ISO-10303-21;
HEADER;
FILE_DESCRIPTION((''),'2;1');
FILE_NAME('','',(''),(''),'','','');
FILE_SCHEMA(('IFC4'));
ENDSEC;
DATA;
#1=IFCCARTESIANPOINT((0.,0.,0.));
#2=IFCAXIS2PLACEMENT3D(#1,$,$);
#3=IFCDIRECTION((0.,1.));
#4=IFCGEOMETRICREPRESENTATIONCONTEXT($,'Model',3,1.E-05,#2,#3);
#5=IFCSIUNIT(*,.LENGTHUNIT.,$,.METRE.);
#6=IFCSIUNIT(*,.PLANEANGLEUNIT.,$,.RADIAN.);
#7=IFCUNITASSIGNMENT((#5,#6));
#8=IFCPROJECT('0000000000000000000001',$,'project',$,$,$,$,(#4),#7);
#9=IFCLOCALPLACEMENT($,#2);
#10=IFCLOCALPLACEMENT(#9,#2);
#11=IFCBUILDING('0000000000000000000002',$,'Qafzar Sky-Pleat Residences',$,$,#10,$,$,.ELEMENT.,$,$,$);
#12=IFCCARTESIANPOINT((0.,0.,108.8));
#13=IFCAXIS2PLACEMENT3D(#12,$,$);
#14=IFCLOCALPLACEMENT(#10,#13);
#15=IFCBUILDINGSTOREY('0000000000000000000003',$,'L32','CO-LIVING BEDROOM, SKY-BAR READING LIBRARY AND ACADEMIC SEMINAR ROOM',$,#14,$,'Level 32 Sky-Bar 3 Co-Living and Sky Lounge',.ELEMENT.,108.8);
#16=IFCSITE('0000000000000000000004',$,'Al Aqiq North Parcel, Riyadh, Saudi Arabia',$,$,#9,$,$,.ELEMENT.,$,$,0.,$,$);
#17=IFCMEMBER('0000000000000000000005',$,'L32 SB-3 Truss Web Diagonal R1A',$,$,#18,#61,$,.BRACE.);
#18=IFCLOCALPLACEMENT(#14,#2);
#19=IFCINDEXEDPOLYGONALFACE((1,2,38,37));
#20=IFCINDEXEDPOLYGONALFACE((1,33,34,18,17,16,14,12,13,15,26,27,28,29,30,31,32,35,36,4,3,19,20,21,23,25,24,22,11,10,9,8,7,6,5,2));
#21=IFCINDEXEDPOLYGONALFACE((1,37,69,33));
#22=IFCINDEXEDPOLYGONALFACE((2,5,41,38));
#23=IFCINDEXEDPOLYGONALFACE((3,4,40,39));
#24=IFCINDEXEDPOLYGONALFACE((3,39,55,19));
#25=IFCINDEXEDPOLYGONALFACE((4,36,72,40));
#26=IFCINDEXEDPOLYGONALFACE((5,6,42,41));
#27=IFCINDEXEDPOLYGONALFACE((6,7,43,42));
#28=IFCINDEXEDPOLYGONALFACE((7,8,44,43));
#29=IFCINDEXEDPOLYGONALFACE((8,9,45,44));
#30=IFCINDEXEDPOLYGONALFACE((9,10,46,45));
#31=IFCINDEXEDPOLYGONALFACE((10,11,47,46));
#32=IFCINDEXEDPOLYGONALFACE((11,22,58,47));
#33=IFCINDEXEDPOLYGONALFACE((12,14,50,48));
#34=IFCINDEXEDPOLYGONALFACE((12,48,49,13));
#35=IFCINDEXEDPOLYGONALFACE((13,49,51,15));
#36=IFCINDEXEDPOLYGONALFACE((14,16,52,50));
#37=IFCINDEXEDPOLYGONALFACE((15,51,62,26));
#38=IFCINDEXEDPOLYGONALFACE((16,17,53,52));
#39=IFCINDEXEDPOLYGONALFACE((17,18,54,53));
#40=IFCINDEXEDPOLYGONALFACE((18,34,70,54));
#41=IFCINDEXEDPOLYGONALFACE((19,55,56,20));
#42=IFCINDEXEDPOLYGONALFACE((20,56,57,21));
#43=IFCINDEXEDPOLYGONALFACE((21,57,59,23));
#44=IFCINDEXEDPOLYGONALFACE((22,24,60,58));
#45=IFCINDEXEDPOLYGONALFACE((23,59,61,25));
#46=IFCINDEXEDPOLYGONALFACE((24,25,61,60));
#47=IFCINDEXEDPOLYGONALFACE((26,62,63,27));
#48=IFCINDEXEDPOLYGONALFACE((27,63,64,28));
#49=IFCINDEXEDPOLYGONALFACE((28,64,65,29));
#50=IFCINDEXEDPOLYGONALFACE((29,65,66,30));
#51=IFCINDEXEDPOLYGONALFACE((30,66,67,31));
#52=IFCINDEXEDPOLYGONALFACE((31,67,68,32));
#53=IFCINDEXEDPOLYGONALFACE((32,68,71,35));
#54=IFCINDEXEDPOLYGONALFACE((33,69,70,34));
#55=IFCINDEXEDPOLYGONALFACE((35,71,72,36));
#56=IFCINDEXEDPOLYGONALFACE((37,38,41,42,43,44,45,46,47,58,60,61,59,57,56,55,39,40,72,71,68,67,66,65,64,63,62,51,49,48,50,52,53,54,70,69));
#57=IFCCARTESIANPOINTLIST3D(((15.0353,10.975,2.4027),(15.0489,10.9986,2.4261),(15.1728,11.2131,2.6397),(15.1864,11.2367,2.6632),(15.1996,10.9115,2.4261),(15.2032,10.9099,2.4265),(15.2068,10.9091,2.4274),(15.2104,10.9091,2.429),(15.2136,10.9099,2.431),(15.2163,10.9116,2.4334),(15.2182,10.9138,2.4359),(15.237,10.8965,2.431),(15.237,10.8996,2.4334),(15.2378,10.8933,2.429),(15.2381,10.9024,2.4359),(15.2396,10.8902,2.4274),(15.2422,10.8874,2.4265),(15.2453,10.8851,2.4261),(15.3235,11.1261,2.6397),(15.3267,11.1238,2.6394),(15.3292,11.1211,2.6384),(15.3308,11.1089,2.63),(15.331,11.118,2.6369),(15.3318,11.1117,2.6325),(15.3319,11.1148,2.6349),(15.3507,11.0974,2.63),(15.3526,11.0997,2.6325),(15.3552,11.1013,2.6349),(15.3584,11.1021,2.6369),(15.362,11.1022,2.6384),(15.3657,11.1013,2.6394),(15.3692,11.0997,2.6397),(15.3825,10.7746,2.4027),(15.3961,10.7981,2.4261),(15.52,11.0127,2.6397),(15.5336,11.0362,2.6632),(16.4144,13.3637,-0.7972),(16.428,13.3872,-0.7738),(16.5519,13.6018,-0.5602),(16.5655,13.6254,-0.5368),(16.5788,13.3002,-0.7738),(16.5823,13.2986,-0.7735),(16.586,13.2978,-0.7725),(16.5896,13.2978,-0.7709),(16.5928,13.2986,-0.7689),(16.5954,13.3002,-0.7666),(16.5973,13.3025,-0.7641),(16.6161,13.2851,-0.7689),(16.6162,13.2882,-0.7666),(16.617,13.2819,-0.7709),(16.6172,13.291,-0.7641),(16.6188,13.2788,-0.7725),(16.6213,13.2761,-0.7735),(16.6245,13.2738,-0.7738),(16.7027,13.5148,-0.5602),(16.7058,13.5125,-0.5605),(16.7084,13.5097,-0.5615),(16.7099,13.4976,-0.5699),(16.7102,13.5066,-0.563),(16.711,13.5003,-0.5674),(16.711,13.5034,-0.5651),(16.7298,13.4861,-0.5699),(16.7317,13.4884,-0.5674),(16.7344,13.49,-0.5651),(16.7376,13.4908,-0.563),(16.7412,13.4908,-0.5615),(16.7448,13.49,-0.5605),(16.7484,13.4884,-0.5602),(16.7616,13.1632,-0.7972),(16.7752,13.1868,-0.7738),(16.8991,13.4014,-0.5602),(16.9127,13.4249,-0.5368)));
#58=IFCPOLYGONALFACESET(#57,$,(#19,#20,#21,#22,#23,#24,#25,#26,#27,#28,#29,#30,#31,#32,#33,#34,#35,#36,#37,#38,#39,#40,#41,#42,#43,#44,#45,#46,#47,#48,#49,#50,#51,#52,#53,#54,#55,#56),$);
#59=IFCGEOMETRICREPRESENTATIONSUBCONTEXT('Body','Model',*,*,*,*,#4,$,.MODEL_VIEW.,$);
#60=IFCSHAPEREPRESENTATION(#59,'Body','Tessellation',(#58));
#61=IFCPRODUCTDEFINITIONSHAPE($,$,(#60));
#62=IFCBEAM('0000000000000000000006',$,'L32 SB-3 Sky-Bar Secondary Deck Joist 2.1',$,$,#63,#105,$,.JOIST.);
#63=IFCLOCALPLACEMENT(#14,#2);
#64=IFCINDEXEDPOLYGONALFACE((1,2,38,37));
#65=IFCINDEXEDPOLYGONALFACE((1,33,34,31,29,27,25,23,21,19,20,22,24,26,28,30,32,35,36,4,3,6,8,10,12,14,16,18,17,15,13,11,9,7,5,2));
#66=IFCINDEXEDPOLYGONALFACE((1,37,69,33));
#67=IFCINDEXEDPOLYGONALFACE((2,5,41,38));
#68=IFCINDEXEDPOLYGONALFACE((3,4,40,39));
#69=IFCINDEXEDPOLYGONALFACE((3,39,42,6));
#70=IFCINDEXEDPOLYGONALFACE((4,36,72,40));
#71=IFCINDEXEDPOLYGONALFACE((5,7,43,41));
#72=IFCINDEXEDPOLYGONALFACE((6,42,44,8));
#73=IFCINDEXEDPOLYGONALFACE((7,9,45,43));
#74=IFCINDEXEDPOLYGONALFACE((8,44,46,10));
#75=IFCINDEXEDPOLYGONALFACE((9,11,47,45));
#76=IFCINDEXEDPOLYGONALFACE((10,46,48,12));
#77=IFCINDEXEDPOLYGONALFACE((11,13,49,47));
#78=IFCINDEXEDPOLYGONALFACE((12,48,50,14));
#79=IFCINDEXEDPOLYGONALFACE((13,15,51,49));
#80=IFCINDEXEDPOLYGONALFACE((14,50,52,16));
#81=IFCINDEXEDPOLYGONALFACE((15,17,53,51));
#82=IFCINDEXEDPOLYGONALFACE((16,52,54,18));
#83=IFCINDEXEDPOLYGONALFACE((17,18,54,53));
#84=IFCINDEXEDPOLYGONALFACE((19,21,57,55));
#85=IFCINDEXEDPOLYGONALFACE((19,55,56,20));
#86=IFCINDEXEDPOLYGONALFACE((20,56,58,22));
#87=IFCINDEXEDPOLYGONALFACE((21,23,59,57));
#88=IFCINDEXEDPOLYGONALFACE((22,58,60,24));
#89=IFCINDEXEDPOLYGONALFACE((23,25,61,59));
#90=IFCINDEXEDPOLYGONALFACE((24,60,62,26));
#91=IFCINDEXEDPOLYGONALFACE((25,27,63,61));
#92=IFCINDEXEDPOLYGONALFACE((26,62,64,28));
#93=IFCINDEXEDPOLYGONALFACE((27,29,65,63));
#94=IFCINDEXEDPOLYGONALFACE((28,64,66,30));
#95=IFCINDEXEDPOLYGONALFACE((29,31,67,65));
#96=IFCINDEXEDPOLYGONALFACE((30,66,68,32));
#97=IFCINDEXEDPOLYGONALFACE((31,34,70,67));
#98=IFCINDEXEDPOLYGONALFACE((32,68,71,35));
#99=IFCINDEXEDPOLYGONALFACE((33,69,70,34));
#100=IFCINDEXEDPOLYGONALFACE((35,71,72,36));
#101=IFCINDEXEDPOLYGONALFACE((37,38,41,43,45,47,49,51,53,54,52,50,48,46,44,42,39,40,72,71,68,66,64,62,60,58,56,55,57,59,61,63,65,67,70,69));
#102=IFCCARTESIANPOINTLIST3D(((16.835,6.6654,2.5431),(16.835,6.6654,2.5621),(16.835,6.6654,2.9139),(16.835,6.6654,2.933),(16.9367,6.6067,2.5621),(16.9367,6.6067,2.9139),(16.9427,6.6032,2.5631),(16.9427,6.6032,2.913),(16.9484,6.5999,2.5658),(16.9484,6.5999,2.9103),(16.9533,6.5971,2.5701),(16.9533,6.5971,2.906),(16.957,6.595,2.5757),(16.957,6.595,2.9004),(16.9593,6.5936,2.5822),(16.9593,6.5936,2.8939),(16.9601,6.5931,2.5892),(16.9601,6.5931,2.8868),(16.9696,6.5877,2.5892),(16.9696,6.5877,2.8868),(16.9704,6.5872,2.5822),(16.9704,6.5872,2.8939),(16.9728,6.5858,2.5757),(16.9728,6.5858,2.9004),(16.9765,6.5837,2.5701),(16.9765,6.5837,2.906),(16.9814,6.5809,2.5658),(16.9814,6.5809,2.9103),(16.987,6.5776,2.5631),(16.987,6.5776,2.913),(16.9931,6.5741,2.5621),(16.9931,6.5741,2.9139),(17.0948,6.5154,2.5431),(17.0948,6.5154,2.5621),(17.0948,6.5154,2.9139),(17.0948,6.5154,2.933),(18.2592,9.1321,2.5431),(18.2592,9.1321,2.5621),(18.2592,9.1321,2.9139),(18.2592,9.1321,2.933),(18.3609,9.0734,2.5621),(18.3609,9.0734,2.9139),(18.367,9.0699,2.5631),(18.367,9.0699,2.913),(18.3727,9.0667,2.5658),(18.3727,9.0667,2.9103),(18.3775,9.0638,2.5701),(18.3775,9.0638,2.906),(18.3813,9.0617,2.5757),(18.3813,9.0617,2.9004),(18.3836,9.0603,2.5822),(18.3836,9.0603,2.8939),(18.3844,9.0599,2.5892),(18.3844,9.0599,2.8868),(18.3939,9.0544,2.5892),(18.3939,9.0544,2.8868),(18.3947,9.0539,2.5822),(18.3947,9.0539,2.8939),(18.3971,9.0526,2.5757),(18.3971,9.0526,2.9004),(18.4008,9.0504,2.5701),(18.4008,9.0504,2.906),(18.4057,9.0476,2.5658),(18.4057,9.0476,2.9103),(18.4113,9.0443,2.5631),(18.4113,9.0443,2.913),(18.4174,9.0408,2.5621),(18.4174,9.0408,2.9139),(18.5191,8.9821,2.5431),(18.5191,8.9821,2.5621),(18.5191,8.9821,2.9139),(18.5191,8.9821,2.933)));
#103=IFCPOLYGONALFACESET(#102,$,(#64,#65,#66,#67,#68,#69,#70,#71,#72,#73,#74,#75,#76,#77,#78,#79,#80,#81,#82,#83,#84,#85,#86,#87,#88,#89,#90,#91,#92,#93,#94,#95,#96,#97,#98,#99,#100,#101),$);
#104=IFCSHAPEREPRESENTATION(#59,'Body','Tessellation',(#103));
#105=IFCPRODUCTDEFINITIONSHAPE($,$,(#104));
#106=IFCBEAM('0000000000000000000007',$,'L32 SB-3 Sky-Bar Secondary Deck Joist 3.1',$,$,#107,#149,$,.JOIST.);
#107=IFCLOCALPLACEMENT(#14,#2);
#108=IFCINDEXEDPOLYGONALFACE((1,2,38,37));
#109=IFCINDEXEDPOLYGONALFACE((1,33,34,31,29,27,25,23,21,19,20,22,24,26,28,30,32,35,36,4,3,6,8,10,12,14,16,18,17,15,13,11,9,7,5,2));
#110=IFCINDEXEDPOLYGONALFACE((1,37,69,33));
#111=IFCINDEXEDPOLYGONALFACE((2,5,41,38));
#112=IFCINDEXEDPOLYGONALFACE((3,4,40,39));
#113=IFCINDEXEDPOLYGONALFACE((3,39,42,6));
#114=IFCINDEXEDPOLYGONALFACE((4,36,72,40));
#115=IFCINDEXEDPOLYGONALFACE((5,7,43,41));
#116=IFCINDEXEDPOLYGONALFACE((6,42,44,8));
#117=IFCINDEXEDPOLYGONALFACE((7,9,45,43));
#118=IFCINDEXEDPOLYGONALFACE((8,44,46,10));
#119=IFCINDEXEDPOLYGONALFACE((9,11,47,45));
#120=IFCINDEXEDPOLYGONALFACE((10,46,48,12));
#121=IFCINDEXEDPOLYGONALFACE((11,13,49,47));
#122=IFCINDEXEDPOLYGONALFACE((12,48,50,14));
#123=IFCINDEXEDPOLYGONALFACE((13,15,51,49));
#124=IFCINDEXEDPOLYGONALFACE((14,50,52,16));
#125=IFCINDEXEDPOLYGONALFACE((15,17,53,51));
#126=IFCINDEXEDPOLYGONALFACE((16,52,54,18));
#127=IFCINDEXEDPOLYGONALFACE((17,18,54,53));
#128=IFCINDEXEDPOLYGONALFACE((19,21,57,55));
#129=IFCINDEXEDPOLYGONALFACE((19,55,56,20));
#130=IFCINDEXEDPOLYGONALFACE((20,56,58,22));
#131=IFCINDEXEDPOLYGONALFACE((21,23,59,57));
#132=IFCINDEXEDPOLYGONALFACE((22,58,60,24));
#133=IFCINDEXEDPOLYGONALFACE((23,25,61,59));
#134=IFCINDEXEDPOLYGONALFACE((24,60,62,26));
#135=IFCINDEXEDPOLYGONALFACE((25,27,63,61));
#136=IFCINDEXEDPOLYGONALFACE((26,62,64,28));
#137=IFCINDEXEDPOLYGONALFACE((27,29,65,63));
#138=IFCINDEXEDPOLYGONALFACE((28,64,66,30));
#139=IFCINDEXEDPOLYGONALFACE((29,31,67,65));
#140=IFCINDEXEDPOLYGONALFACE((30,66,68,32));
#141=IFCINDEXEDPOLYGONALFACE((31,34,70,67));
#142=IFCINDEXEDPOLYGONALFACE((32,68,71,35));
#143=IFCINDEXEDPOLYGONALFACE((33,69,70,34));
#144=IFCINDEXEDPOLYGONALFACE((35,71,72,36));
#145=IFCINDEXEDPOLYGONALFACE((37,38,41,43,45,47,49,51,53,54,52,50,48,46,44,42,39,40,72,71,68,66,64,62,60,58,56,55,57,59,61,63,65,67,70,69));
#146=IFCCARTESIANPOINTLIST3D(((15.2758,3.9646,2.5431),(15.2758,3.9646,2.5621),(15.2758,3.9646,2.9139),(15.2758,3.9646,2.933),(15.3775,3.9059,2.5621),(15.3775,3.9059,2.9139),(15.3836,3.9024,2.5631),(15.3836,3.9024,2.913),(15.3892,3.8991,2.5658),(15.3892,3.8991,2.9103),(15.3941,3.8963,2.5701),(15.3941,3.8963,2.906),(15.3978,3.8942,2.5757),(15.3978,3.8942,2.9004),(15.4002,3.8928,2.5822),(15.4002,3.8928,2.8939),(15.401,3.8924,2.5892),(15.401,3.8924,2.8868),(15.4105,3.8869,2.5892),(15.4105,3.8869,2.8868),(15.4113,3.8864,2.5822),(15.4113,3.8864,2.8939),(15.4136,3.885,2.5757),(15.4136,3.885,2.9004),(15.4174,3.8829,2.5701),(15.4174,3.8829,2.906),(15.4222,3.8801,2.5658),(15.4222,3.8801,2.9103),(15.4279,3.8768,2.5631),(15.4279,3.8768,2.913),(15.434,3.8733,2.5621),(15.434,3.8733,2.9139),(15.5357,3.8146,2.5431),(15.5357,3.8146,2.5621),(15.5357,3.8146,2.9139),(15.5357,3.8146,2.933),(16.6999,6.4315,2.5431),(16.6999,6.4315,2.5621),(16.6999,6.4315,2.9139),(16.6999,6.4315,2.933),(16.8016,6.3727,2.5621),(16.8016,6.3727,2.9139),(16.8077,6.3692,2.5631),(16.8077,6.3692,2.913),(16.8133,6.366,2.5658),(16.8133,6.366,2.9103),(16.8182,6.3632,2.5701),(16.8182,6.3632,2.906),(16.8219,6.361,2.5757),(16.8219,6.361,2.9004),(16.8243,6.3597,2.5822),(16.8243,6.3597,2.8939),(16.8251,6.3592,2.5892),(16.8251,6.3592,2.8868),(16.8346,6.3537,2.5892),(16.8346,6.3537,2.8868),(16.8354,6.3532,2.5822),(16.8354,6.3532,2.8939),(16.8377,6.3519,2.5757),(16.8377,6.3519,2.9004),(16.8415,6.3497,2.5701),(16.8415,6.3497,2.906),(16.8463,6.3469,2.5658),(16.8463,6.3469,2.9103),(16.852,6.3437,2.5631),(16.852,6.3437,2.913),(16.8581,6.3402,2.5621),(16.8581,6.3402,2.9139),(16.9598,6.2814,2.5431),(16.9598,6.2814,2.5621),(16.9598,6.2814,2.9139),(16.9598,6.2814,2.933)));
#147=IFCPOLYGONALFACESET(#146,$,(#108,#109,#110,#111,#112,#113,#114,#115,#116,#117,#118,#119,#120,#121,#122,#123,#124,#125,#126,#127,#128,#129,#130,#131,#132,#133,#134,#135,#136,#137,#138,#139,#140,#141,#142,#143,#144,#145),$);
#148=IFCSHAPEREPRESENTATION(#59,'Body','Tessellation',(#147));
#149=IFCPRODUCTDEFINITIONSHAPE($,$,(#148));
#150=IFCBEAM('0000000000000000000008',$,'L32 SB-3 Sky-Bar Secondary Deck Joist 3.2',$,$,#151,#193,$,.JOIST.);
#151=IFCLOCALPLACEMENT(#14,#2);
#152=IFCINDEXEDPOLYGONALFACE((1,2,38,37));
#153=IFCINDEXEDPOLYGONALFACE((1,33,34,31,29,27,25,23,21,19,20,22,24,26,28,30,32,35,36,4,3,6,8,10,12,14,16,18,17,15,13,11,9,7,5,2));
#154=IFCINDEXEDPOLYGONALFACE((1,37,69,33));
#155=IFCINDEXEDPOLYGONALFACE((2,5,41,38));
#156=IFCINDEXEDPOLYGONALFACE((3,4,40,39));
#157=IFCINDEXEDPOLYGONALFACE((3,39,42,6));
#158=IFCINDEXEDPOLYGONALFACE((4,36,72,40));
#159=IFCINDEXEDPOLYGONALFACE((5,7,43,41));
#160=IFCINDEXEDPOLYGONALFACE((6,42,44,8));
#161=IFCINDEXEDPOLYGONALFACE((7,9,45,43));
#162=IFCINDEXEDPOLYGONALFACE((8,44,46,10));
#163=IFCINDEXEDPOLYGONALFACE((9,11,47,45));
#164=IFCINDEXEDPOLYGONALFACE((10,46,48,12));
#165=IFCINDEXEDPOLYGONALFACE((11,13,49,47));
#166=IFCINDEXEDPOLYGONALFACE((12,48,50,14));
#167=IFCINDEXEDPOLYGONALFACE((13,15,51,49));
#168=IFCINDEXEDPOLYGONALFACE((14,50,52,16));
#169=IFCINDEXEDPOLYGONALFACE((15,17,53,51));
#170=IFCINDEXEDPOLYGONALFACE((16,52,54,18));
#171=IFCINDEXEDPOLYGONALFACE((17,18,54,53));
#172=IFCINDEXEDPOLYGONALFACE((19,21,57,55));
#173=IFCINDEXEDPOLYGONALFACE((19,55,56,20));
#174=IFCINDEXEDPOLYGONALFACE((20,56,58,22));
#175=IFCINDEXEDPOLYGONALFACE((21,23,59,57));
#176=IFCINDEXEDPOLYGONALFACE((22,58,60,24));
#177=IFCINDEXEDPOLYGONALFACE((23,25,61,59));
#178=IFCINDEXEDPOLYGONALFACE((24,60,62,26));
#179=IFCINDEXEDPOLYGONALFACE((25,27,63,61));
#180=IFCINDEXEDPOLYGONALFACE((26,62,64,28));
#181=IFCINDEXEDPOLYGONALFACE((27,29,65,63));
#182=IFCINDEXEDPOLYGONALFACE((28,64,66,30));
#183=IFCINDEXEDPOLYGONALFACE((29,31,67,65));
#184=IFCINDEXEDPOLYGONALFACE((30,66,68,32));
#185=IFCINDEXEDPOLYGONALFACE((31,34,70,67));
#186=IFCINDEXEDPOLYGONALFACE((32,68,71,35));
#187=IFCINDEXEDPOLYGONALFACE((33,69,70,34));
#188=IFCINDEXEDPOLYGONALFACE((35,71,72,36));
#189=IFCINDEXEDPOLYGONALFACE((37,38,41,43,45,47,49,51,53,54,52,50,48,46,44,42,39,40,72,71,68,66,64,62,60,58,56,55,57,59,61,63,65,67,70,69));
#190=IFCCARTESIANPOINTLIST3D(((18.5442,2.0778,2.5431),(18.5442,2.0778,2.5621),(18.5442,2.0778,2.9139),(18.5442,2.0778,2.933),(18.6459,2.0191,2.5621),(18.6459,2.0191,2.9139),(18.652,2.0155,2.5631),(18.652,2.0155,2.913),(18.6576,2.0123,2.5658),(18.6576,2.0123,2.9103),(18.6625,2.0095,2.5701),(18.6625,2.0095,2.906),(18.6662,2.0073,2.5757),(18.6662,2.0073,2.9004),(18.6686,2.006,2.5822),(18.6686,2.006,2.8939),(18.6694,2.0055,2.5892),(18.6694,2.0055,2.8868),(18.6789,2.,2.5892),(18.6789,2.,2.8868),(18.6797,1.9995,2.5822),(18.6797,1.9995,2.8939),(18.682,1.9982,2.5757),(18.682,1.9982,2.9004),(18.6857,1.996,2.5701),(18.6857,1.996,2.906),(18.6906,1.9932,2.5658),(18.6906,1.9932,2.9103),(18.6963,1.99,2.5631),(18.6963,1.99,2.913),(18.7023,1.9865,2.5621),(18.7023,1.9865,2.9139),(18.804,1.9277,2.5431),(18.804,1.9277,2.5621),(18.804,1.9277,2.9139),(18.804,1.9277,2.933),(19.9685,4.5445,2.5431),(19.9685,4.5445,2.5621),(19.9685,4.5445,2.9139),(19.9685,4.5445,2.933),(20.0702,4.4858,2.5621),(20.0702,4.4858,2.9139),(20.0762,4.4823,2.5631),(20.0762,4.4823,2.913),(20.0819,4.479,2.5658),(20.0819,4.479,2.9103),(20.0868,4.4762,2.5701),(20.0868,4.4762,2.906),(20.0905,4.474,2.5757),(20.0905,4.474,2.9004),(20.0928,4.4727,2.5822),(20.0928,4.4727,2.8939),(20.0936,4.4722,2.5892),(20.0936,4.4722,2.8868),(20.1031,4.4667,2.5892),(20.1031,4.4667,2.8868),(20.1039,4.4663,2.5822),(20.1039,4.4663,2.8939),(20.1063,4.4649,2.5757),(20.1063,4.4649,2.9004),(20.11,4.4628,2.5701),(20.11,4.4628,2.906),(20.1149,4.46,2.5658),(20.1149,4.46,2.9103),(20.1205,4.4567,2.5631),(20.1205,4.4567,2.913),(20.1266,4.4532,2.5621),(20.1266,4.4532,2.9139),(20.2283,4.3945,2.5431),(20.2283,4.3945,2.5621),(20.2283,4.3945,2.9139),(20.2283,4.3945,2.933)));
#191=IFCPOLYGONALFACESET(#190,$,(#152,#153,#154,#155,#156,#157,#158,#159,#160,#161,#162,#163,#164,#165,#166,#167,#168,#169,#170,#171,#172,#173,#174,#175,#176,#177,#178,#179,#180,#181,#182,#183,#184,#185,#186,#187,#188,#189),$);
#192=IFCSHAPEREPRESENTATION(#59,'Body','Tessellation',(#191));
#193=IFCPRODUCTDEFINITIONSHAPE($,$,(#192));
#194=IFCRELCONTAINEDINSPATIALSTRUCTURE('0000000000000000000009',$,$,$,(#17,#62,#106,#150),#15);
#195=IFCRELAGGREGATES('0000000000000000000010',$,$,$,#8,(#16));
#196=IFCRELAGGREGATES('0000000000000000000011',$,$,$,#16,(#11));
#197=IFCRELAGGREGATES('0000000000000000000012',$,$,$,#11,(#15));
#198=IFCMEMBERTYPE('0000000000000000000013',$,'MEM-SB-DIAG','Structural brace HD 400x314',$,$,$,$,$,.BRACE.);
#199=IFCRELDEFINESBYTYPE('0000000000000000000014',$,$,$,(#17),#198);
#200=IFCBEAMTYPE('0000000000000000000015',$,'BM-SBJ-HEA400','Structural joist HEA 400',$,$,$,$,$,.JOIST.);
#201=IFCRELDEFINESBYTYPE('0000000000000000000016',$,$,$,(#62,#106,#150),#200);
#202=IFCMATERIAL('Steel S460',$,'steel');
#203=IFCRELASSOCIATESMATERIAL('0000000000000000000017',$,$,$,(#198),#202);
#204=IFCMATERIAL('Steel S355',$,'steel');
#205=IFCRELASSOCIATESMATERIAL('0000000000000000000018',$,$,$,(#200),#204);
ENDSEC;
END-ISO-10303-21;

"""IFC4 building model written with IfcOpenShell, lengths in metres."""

from ifc_helpers import new_model, si_unit, direction, frame, origin, origin_2d, place, context, subcontext, project, spatial, i_section, extrude, source, transform, mapped, material, material_profile, profile_set, type_object, element, save


model = new_model("IFC4")

# Units and contexts
model_context = context("Model", 3, precision=1e-05, world=origin(), true_north=direction((0.0, 1.0)))
body_context = subcontext(model_context, "Body", "Model", "MODEL_VIEW")
ifc_project = project(units=[si_unit("LENGTHUNIT", "METRE"), si_unit("PLANEANGLEUNIT", "RADIAN")], contexts=[model_context])

# Site, building, storey
site_placement = place(None, origin())
site = spatial("IfcSite", under=ifc_project, at=site_placement, Name="Al Aqiq North Parcel, Riyadh, Saudi Arabia", CompositionType="ELEMENT", RefElevation=0.0)
building_placement = place(site_placement, origin())
building = spatial("IfcBuilding", under=site, at=building_placement, Name="Qafzar Sky-Pleat Residences", CompositionType="ELEMENT")
storey_placement = place(building_placement, frame((0.0, 0.0, 108.8)))
storey = spatial("IfcBuildingStorey", under=building, at=storey_placement, Name="L32", Description="CO-LIVING BEDROOM, SKY-BAR READING LIBRARY AND ACADEMIC SEMINAR ROOM", LongName="Level 32 Sky-Bar 3 Co-Living and Sky Lounge", CompositionType="ELEMENT", Elevation=108.8)

# Shared definitions
ifc_material_1 = material(Name="Steel S460", Category="steel")

# Shared definitions
ifc_material_2 = material(Name="Steel S355", Category="steel")

# Member
ifc_material_profile_1 = material_profile(ifc_material_1, i_section(OverallWidth=0.4009, OverallDepth=0.3989, WebThickness=0.0229, FlangeThickness=0.0359, FilletRadius=0.0149, at=origin_2d()), Name="HD 400x314")
ifc_profile_set_1 = profile_set([ifc_material_profile_1], Name="Steel S460")
member_type = type_object("IfcMemberType", Name="MEM-SB-DIAG", Description="Structural brace HD 400x314", PredefinedType="BRACE", material=ifc_profile_set_1)
shared_shape_1 = source(origin(), body_context, "Body", "SweptSolid", [
    extrude(i_section(OverallWidth=0.4009, OverallDepth=0.3989, WebThickness=0.0229, FlangeThickness=0.0359, FilletRadius=0.0149, at=origin_2d()), origin(), (0.0, 0.0, 1.0), 4.2246),
])
member_placement = place(storey_placement, frame((16.6636, 13.3943, -0.667), z_axis=(-0.326455, -0.565416, 0.757451), x_axis=(0.866018, -0.500014, 0.0)))
element("IfcMember", 1, at=member_placement, inside=storey, type_object=member_type, Name="L32 SB-3 Truss Web Diagonal R1A", PredefinedType="BRACE", context=body_context, shape_type="MappedRepresentation", body=[
    mapped(shared_shape_1, transform((0.0, 0.0, 0.0), x_axis=(1.0, 0.0, 0.0), y_axis=(0.0, 1.0, 0.0), z_axis=(0.0, 0.0, 1.0), scale=1.0)),
])

# Beams
ifc_material_profile_2 = material_profile(ifc_material_2, i_section(OverallWidth=0.3, OverallDepth=0.3899, WebThickness=0.011, FlangeThickness=0.019, FilletRadius=0.0271, at=origin_2d()), Name="HEA 400")
ifc_profile_set_2 = profile_set([ifc_material_profile_2], Name="Steel S355")
beam_type_1 = type_object("IfcBeamType", Name="BM-SBJ-HEA400", Description="Structural joist HEA 400", PredefinedType="JOIST", material=ifc_profile_set_2)
shared_shape_2 = source(origin(), body_context, "Body", "SweptSolid", [
    extrude(i_section(OverallWidth=0.3, OverallDepth=0.3899, WebThickness=0.011, FlangeThickness=0.019, FilletRadius=0.0271, at=origin_2d()), origin(), (0.0, 0.0, 1.0), 2.8484),
])
for number, where, z_axis, x_axis, name in (
    (2, (18.3892, 9.0571, 2.738), (-0.500029, -0.866009, 0.0), (0.866009, -0.500029, 0.0), "L32 SB-3 Sky-Bar Secondary Deck Joist 2.1"),
    (3, (16.8298, 6.3564, 2.738), (-0.499965, -0.866046, 0.0), (0.866046, -0.499965, 0.0), "L32 SB-3 Sky-Bar Secondary Deck Joist 3.1"),
    (4, (20.0984, 4.4695, 2.738), (-0.500029, -0.866009, 0.0), (0.866009, -0.500029, 0.0), "L32 SB-3 Sky-Bar Secondary Deck Joist 3.2"),
):
    element("IfcBeam", number, at=place(storey_placement, frame(where, z_axis=z_axis, x_axis=x_axis)), inside=storey, type_object=beam_type_1, Name=name, PredefinedType="JOIST", context=body_context, shape_type="MappedRepresentation", body=[
        mapped(shared_shape_2, transform((0.0, 0.0, 0.0), x_axis=(1.0, 0.0, 0.0), y_axis=(0.0, 1.0, 0.0), z_axis=(0.0, 0.0, 1.0), scale=1.0)),
    ])

save(model, "model.ifc")
